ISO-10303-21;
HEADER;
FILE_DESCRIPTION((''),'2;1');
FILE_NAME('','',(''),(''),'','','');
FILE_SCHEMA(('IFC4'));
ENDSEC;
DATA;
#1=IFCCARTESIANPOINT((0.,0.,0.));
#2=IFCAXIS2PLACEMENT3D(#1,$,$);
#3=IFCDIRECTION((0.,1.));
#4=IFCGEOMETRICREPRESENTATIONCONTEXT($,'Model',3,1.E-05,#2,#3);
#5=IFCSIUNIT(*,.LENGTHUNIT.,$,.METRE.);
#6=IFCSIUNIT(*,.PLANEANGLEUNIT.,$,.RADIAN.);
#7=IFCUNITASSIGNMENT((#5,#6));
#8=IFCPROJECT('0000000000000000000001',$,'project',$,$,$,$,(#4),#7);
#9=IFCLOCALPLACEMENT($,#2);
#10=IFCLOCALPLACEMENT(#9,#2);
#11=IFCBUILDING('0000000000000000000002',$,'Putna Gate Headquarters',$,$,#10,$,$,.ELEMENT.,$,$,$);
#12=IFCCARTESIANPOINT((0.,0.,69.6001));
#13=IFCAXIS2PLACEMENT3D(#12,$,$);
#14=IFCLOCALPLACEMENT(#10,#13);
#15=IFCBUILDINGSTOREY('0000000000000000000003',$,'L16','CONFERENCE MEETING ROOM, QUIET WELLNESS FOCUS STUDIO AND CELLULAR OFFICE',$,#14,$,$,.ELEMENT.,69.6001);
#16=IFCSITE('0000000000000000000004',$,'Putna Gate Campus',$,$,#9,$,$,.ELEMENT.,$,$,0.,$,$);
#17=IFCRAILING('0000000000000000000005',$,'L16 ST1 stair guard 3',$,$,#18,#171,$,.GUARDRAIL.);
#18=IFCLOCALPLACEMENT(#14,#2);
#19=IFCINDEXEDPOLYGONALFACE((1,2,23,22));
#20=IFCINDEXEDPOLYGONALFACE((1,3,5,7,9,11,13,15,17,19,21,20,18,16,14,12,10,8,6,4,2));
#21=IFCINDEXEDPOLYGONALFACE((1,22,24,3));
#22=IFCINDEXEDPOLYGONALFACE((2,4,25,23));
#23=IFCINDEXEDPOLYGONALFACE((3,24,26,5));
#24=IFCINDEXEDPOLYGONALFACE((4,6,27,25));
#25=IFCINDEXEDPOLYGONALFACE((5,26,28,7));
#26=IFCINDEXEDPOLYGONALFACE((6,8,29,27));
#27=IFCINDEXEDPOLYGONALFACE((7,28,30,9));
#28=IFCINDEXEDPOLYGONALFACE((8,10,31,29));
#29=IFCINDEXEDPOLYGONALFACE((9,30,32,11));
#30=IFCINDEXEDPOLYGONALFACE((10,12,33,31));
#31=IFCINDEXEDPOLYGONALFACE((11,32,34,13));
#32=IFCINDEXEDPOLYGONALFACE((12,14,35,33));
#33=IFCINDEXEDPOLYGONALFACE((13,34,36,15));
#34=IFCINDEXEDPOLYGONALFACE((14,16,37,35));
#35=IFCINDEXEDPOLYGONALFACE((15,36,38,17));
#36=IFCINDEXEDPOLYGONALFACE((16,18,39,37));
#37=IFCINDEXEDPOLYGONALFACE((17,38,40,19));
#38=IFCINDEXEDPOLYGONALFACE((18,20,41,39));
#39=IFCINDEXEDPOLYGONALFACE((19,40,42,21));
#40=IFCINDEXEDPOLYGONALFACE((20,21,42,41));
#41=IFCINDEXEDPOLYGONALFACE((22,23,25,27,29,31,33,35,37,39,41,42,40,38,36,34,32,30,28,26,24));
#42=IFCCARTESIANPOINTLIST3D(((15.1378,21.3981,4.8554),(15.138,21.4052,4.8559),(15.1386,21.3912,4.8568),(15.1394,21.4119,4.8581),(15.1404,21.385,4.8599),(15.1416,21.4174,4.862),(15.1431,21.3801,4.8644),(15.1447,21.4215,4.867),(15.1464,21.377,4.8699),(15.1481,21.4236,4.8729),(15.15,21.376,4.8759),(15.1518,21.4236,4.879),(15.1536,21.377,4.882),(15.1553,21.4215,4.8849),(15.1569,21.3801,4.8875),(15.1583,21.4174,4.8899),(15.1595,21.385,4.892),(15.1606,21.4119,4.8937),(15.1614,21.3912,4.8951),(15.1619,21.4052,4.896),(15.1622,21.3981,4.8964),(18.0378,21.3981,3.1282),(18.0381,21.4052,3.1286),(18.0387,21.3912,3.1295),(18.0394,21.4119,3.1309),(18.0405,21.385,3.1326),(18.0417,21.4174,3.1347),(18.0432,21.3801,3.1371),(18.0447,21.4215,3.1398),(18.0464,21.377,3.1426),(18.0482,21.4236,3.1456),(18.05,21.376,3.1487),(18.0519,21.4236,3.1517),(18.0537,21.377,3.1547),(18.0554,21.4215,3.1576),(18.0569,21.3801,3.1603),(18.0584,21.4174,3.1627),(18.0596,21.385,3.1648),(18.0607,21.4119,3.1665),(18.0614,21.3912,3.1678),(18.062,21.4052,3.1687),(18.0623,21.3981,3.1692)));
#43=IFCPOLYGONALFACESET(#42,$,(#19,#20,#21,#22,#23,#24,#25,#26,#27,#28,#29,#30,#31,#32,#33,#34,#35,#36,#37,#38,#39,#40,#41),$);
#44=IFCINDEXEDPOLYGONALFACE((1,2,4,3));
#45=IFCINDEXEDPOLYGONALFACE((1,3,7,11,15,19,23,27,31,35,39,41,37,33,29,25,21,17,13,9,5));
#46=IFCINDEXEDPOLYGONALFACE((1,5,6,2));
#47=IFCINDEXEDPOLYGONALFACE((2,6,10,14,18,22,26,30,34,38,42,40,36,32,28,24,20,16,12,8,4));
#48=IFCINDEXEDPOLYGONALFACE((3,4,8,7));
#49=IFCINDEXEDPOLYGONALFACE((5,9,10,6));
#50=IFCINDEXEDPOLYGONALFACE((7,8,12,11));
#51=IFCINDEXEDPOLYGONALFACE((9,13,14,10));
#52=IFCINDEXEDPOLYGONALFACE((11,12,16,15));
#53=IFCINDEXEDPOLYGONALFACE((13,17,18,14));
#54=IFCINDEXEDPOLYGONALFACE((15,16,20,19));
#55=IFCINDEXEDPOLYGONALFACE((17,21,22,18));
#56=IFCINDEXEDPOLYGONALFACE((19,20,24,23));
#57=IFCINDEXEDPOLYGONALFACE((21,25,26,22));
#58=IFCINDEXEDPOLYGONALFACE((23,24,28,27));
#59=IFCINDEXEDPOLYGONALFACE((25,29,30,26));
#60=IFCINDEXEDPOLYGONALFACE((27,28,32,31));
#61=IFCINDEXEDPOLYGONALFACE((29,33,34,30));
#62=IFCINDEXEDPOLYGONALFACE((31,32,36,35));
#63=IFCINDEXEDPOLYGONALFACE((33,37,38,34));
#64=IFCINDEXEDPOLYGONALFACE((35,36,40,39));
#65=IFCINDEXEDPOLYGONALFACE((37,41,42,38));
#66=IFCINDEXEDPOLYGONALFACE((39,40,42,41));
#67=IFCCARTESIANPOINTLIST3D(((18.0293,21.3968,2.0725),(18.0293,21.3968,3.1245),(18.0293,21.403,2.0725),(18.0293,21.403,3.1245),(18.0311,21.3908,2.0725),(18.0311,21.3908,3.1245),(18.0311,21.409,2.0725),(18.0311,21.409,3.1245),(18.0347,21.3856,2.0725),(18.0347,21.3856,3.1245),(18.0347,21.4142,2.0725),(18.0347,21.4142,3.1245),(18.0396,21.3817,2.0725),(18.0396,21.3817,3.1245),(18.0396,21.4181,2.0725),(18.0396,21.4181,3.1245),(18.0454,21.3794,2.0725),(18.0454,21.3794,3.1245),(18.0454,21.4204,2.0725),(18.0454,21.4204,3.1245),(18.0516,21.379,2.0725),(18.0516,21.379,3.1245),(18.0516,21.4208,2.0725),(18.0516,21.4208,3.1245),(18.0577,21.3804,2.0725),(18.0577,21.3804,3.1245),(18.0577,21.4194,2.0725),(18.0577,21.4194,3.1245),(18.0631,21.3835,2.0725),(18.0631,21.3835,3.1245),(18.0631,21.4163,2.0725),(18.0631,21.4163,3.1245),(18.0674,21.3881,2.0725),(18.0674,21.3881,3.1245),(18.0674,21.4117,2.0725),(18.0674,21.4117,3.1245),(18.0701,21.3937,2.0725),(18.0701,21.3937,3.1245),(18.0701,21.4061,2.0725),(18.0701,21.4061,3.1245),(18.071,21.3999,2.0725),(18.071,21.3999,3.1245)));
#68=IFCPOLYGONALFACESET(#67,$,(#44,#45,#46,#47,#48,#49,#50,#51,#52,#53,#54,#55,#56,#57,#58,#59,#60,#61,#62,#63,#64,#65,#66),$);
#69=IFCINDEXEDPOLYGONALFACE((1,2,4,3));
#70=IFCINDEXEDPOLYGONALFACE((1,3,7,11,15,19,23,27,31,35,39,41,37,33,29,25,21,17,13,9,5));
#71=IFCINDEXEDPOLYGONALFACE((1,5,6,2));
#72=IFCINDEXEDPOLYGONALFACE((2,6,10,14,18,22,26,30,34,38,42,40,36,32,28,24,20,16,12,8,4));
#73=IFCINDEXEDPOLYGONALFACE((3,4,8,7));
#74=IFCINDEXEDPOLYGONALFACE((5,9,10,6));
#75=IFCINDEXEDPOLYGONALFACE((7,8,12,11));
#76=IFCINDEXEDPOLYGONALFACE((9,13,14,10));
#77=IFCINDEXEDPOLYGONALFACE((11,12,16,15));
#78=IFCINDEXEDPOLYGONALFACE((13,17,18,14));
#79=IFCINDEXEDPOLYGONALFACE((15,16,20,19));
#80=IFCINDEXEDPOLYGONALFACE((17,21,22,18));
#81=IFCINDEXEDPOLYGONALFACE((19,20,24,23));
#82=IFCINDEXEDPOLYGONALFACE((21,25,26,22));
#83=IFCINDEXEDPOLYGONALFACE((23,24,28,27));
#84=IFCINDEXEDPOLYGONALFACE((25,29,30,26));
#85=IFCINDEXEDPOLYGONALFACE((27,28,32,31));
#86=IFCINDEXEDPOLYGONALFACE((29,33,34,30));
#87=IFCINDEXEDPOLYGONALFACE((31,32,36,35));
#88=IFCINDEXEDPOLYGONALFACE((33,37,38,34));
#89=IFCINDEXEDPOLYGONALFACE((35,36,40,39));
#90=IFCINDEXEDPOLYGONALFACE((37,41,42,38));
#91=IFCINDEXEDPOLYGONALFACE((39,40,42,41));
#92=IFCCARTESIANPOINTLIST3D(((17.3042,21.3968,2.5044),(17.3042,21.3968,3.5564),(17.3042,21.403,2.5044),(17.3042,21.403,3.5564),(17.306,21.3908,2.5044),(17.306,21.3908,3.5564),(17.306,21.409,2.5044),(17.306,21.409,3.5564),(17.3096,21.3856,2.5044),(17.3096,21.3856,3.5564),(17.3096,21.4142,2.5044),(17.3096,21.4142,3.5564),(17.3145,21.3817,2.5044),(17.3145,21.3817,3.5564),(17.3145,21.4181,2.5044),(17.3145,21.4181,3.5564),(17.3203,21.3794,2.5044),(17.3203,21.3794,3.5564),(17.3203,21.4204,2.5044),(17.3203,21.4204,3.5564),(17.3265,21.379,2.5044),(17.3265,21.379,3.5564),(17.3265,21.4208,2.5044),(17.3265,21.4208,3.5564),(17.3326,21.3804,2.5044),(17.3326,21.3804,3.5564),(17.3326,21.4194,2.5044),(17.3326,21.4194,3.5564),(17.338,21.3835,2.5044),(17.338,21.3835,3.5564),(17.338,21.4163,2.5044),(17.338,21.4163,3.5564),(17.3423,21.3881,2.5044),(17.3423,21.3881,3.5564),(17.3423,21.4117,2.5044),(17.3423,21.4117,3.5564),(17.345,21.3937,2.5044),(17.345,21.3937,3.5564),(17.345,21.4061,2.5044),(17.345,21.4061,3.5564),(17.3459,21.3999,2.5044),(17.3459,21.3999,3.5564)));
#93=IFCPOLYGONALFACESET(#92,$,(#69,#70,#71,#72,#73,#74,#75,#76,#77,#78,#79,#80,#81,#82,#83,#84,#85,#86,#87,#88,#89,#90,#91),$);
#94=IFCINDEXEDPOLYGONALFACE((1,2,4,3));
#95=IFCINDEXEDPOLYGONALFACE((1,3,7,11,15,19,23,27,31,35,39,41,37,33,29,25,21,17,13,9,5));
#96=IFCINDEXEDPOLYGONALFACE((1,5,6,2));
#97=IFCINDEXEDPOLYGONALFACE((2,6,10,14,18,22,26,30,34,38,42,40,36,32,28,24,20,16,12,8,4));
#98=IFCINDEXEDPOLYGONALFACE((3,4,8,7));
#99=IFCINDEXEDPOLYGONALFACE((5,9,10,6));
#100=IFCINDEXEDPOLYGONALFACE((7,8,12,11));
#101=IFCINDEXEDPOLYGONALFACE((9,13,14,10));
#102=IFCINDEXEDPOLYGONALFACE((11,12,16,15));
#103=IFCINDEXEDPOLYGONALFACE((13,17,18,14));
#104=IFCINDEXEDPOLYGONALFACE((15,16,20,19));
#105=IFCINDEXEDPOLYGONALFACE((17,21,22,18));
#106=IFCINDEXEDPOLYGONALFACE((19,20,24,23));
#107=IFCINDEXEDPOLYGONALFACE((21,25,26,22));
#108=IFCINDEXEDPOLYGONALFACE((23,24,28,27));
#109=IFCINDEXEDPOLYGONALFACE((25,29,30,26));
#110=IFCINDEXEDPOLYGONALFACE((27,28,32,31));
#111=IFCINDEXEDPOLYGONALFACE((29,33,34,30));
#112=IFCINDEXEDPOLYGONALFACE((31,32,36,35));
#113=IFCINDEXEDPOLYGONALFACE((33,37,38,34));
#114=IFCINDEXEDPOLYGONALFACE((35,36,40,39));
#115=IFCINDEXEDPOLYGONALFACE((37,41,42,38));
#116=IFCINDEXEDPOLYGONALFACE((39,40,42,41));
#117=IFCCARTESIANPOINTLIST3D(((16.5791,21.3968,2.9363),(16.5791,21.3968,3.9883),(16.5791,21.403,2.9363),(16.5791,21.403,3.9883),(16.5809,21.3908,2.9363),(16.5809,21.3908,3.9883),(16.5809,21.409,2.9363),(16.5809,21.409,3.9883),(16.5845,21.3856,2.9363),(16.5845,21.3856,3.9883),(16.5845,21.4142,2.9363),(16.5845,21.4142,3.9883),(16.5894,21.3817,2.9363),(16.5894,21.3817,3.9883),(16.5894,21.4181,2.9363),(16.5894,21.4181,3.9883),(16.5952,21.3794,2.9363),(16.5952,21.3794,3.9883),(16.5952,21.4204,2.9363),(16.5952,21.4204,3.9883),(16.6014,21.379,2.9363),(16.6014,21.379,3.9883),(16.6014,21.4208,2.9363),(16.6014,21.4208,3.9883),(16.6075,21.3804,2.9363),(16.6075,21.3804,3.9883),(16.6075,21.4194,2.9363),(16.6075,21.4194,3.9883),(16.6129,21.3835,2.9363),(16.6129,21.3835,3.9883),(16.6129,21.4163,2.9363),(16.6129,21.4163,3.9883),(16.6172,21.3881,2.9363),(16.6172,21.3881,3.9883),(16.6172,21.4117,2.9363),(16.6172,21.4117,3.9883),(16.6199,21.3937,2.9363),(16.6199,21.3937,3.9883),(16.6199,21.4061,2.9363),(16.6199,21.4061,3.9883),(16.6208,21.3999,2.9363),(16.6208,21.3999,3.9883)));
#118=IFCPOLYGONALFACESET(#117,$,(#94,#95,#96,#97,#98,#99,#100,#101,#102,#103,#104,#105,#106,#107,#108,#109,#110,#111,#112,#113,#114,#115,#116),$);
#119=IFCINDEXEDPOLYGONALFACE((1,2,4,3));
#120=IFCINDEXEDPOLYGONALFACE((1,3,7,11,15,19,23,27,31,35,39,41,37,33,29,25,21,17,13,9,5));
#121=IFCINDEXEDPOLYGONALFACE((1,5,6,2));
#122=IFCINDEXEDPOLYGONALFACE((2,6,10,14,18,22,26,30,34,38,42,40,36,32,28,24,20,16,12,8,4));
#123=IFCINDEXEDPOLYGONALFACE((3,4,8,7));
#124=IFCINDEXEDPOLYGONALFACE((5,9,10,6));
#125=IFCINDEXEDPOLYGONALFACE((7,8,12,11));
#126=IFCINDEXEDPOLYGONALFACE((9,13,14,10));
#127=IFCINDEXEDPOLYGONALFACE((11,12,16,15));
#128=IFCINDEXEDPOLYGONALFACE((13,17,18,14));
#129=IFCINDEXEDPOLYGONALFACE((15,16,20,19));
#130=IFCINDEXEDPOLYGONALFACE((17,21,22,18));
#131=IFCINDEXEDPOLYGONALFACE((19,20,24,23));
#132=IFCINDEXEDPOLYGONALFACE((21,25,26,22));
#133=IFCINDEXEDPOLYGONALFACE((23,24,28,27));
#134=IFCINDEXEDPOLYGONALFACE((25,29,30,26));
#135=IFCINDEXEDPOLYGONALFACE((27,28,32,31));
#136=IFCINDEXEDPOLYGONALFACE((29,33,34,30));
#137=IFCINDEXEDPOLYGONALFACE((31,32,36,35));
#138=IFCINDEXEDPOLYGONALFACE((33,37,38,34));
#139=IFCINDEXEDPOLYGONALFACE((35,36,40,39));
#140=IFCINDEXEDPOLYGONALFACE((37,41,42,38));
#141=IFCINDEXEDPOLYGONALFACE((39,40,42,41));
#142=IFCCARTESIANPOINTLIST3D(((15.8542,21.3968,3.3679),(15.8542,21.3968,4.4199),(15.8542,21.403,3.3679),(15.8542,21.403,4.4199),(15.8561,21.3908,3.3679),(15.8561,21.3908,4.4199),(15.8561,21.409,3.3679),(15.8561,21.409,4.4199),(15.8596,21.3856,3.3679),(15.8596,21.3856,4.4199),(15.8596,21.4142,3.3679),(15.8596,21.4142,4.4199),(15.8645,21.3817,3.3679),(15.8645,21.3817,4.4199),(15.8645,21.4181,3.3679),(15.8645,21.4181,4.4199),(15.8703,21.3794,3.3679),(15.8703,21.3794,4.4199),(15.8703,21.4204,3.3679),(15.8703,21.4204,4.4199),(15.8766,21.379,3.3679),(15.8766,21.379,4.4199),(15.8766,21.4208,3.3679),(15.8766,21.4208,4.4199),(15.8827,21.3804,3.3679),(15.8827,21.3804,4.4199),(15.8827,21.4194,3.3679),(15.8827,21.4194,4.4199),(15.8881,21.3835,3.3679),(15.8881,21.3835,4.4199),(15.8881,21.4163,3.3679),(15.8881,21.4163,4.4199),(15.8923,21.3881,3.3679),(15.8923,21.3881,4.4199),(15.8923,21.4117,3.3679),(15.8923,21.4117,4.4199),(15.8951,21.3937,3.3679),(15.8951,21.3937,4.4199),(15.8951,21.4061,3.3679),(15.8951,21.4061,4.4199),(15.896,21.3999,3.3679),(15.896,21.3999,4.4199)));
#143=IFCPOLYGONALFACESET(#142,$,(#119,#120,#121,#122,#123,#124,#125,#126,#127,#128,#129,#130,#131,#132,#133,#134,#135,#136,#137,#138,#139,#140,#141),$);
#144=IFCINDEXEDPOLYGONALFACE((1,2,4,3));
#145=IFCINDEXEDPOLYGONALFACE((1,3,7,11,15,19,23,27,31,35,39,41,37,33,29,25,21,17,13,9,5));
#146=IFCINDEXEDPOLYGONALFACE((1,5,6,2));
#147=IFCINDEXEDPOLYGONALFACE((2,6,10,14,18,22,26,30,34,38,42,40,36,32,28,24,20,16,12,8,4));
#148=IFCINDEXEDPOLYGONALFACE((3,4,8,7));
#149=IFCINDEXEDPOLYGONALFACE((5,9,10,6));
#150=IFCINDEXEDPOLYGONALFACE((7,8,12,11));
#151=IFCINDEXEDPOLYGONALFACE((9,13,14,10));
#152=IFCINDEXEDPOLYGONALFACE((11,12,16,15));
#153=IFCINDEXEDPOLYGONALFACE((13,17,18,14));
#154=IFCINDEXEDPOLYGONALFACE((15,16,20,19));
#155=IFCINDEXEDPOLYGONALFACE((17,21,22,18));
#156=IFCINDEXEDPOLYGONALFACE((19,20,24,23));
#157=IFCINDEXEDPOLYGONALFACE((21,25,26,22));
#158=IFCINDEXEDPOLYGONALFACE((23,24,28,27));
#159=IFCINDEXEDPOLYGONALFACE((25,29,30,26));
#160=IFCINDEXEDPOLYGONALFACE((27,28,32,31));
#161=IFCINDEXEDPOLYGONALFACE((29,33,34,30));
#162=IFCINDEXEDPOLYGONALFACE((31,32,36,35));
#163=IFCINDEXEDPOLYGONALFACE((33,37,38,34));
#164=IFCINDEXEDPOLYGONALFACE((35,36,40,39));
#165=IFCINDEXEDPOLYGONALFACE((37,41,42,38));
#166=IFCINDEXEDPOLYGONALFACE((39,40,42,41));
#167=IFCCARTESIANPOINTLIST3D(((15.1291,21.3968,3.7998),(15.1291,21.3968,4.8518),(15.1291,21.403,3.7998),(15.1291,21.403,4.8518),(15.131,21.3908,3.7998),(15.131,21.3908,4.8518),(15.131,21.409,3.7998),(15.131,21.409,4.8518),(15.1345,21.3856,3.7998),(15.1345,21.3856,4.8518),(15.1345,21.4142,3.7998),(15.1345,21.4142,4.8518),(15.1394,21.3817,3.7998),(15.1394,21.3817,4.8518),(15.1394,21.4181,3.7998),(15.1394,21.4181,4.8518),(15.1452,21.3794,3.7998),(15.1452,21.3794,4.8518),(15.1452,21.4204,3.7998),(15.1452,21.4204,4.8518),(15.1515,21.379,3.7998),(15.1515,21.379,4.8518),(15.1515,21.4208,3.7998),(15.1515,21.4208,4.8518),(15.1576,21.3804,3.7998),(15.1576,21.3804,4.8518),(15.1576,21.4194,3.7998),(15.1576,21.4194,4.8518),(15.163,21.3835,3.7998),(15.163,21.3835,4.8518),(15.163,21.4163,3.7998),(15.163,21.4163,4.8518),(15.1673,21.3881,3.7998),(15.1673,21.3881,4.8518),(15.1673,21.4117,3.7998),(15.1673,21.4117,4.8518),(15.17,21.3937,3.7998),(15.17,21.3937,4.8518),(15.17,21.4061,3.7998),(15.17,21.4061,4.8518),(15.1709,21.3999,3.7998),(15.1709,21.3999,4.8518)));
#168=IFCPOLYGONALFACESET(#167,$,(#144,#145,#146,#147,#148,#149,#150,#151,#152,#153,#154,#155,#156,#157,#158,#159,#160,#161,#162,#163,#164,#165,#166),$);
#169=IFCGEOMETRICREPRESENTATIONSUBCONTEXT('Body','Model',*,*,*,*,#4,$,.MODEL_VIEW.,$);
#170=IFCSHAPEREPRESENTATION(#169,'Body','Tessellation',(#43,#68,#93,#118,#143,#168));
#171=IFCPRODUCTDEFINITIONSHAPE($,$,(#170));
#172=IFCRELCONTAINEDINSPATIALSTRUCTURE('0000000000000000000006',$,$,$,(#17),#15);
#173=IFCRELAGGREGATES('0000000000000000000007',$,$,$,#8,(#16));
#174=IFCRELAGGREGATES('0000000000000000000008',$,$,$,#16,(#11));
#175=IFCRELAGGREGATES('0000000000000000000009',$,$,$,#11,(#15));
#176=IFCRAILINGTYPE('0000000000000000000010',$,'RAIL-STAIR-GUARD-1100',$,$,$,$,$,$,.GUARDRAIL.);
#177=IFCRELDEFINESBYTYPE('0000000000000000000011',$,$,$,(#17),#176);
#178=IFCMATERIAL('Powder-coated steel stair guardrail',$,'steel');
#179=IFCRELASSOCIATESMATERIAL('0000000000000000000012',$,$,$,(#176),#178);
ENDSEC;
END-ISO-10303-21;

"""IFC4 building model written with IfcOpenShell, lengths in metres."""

from ifc_helpers import new_model, si_unit, direction, frame, origin, origin_2d, place, context, subcontext, project, spatial, circle, extrude, material, type_object, element, save


model = new_model("IFC4")

# Units and contexts
model_context = context("Model", 3, precision=1e-05, world=origin(), true_north=direction((0.0, 1.0)))
body_context = subcontext(model_context, "Body", "Model", "MODEL_VIEW")
ifc_project = project(units=[si_unit("LENGTHUNIT", "METRE"), si_unit("PLANEANGLEUNIT", "RADIAN")], contexts=[model_context])

# Site, building, storey
site_placement = place(None, origin())
site = spatial("IfcSite", under=ifc_project, at=site_placement, Name="Putna Gate Campus", CompositionType="ELEMENT", RefElevation=0.0)
building_placement = place(site_placement, origin())
building = spatial("IfcBuilding", under=site, at=building_placement, Name="Putna Gate Headquarters", CompositionType="ELEMENT")
storey_placement = place(building_placement, frame((0.0, 0.0, 69.6001)))
storey = spatial("IfcBuildingStorey", under=building, at=storey_placement, Name="L16", Description="CONFERENCE MEETING ROOM, QUIET WELLNESS FOCUS STUDIO AND CELLULAR OFFICE", CompositionType="ELEMENT", Elevation=69.6001)

# Railing
ifc_material_1 = material(Name="Powder-coated steel stair guardrail", Category="steel")
railing_type = type_object("IfcRailingType", Name="RAIL-STAIR-GUARD-1100", PredefinedType="GUARDRAIL", material=ifc_material_1)
railing_placement = place(storey_placement, frame((18.05, 21.3999, 2.0725)))
element("IfcRailing", 1, at=railing_placement, inside=storey, type_object=railing_type, Name="L16 ST1 stair guard 3", PredefinedType="GUARDRAIL", context=body_context, shape_type="SweptSolid", body=[
    extrude(circle(Radius=0.0239, at=origin_2d()), frame((0.0, 0.0, 1.0762), z_axis=(-0.85916, 0.0, 0.511706), x_axis=(0.0, -1.0, 0.0)), (0.0, 0.0, 1.0), 3.3755),
    extrude(circle(Radius=0.021, at=origin_2d()), origin(), (0.0, 0.0, 1.0), 1.052),
    extrude(circle(Radius=0.021, at=origin_2d()), frame((-0.7251, 0.0, 0.4319)), (0.0, 0.0, 1.0), 1.052),
    extrude(circle(Radius=0.021, at=origin_2d()), frame((-1.4502, 0.0, 0.8638)), (0.0, 0.0, 1.0), 1.052),
    extrude(circle(Radius=0.021, at=origin_2d()), frame((-2.175, 0.0, 1.2954)), (0.0, 0.0, 1.0), 1.052),
    extrude(circle(Radius=0.021, at=origin_2d()), frame((-2.9001, 0.0, 1.7273)), (0.0, 0.0, 1.0), 1.052),
])

save(model, "model.ifc")
